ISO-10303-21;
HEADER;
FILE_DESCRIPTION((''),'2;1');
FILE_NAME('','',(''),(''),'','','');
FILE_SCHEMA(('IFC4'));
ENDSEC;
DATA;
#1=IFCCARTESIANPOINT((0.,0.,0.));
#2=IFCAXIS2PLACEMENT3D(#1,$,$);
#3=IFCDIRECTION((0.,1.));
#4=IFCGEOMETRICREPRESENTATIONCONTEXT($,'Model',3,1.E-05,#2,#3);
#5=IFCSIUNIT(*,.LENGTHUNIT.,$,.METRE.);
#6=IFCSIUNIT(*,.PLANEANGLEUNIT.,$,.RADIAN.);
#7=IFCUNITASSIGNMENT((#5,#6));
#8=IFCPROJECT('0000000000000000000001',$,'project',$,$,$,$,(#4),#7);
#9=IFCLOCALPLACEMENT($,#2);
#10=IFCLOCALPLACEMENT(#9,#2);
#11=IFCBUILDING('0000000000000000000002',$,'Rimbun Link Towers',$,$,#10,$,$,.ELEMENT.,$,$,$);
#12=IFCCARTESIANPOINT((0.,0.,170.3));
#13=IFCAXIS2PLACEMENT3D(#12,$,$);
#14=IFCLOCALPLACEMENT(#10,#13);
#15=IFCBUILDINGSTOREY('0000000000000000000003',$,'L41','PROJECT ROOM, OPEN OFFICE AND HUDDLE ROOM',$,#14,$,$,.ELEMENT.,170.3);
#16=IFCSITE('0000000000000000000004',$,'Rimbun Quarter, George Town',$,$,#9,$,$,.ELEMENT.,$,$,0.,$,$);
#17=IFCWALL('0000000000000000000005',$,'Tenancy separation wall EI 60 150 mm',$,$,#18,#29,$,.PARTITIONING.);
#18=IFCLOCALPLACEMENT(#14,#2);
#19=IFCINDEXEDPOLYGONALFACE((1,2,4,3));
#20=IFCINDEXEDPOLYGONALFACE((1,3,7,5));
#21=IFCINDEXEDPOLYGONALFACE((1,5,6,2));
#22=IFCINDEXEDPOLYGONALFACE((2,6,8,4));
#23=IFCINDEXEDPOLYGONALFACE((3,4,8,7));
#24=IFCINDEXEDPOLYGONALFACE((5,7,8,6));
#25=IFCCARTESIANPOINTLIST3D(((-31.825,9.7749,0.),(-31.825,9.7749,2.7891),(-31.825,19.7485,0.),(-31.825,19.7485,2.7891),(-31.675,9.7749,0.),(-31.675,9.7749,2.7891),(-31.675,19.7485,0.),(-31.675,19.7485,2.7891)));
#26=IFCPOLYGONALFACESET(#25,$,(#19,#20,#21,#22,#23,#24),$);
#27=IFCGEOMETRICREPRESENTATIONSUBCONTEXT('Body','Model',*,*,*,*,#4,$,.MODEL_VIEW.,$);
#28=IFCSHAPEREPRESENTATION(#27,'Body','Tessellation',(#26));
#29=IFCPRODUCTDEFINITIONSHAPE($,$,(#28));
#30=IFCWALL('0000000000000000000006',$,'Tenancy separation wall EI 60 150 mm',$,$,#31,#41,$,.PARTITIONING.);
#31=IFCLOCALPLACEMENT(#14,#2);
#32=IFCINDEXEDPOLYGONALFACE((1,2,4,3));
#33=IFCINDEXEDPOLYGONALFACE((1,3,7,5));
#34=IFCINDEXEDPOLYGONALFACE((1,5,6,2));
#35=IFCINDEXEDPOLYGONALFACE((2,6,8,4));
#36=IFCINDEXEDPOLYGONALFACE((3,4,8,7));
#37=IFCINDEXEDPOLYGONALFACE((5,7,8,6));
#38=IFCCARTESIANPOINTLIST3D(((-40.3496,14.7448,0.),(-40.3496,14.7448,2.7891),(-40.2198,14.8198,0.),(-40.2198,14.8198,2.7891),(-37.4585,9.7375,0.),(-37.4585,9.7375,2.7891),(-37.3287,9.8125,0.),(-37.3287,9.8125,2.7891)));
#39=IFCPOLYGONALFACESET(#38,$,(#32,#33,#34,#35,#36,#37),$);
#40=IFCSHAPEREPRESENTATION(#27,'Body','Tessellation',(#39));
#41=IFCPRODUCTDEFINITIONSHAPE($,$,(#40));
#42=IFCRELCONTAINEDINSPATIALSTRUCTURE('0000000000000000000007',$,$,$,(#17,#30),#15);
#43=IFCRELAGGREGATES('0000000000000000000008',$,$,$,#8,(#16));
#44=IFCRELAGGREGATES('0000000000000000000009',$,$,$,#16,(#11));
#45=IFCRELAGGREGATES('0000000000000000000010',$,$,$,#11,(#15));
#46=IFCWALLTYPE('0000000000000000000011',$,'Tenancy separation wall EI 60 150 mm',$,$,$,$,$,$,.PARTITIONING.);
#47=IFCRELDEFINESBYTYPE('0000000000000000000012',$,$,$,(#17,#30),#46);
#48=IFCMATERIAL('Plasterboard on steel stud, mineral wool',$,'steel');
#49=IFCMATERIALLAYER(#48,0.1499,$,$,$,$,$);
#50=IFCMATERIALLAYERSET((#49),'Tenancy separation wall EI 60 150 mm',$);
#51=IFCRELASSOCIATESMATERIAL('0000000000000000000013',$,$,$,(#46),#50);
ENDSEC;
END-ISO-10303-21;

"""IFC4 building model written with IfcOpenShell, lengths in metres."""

from ifc_helpers import new_model, si_unit, direction, frame, frame_2d, origin, place, context, subcontext, project, spatial, rectangle, extrude, material, layer, layer_set, type_object, element, save


model = new_model("IFC4")

# Units and contexts
model_context = context("Model", 3, precision=1e-05, world=origin(), true_north=direction((0.0, 1.0)))
body_context = subcontext(model_context, "Body", "Model", "MODEL_VIEW")
ifc_project = project(units=[si_unit("LENGTHUNIT", "METRE"), si_unit("PLANEANGLEUNIT", "RADIAN")], contexts=[model_context])

# Site, building, storey
site_placement = place(None, origin())
site = spatial("IfcSite", under=ifc_project, at=site_placement, Name="Rimbun Quarter, George Town", CompositionType="ELEMENT", RefElevation=0.0)
building_placement = place(site_placement, origin())
building = spatial("IfcBuilding", under=site, at=building_placement, Name="Rimbun Link Towers", CompositionType="ELEMENT")
storey_placement = place(building_placement, frame((0.0, 0.0, 170.3)))
storey = spatial("IfcBuildingStorey", under=building, at=storey_placement, Name="L41", Description="PROJECT ROOM, OPEN OFFICE AND HUDDLE ROOM", CompositionType="ELEMENT", Elevation=170.3)

# Walls
ifc_material_1 = material(Name="Plasterboard on steel stud, mineral wool", Category="steel")
ifc_layer_1 = layer(ifc_material_1, 0.1499)
ifc_layer_set_1 = layer_set([ifc_layer_1], Name="Tenancy separation wall EI 60 150 mm")
wall_type_1 = type_object("IfcWallType", Name="Tenancy separation wall EI 60 150 mm", PredefinedType="PARTITIONING", material=ifc_layer_set_1)
wall_1_placement = place(storey_placement, frame((-31.75, 9.7749, 0.0), z_axis=(0.0, 0.0, 1.0), x_axis=(0.0, 1.0, 0.0)))
element("IfcWall", 1, at=wall_1_placement, inside=storey, type_object=wall_type_1, Name="Tenancy separation wall EI 60 150 mm", PredefinedType="PARTITIONING", context=body_context, shape_type="SweptSolid", body=[
    extrude(rectangle(XDim=9.9736, YDim=0.1499, at=frame_2d((4.9868, 0.0))), origin(), (0.0, 0.0, 1.0), 2.7891),
])
wall_2_placement = place(storey_placement, frame((-37.3936, 9.7749, 0.0), z_axis=(0.0, 0.0, 1.0), x_axis=(-0.500017, 0.866015, 0.0)))
element("IfcWall", 2, at=wall_2_placement, inside=storey, type_object=wall_type_1, Name="Tenancy separation wall EI 60 150 mm", PredefinedType="PARTITIONING", context=body_context, shape_type="SweptSolid", body=[
    extrude(rectangle(XDim=5.782, YDim=0.1499, at=frame_2d((2.8911, 0.0))), origin(), (0.0, 0.0, 1.0), 2.7891),
])

save(model, "model.ifc")
